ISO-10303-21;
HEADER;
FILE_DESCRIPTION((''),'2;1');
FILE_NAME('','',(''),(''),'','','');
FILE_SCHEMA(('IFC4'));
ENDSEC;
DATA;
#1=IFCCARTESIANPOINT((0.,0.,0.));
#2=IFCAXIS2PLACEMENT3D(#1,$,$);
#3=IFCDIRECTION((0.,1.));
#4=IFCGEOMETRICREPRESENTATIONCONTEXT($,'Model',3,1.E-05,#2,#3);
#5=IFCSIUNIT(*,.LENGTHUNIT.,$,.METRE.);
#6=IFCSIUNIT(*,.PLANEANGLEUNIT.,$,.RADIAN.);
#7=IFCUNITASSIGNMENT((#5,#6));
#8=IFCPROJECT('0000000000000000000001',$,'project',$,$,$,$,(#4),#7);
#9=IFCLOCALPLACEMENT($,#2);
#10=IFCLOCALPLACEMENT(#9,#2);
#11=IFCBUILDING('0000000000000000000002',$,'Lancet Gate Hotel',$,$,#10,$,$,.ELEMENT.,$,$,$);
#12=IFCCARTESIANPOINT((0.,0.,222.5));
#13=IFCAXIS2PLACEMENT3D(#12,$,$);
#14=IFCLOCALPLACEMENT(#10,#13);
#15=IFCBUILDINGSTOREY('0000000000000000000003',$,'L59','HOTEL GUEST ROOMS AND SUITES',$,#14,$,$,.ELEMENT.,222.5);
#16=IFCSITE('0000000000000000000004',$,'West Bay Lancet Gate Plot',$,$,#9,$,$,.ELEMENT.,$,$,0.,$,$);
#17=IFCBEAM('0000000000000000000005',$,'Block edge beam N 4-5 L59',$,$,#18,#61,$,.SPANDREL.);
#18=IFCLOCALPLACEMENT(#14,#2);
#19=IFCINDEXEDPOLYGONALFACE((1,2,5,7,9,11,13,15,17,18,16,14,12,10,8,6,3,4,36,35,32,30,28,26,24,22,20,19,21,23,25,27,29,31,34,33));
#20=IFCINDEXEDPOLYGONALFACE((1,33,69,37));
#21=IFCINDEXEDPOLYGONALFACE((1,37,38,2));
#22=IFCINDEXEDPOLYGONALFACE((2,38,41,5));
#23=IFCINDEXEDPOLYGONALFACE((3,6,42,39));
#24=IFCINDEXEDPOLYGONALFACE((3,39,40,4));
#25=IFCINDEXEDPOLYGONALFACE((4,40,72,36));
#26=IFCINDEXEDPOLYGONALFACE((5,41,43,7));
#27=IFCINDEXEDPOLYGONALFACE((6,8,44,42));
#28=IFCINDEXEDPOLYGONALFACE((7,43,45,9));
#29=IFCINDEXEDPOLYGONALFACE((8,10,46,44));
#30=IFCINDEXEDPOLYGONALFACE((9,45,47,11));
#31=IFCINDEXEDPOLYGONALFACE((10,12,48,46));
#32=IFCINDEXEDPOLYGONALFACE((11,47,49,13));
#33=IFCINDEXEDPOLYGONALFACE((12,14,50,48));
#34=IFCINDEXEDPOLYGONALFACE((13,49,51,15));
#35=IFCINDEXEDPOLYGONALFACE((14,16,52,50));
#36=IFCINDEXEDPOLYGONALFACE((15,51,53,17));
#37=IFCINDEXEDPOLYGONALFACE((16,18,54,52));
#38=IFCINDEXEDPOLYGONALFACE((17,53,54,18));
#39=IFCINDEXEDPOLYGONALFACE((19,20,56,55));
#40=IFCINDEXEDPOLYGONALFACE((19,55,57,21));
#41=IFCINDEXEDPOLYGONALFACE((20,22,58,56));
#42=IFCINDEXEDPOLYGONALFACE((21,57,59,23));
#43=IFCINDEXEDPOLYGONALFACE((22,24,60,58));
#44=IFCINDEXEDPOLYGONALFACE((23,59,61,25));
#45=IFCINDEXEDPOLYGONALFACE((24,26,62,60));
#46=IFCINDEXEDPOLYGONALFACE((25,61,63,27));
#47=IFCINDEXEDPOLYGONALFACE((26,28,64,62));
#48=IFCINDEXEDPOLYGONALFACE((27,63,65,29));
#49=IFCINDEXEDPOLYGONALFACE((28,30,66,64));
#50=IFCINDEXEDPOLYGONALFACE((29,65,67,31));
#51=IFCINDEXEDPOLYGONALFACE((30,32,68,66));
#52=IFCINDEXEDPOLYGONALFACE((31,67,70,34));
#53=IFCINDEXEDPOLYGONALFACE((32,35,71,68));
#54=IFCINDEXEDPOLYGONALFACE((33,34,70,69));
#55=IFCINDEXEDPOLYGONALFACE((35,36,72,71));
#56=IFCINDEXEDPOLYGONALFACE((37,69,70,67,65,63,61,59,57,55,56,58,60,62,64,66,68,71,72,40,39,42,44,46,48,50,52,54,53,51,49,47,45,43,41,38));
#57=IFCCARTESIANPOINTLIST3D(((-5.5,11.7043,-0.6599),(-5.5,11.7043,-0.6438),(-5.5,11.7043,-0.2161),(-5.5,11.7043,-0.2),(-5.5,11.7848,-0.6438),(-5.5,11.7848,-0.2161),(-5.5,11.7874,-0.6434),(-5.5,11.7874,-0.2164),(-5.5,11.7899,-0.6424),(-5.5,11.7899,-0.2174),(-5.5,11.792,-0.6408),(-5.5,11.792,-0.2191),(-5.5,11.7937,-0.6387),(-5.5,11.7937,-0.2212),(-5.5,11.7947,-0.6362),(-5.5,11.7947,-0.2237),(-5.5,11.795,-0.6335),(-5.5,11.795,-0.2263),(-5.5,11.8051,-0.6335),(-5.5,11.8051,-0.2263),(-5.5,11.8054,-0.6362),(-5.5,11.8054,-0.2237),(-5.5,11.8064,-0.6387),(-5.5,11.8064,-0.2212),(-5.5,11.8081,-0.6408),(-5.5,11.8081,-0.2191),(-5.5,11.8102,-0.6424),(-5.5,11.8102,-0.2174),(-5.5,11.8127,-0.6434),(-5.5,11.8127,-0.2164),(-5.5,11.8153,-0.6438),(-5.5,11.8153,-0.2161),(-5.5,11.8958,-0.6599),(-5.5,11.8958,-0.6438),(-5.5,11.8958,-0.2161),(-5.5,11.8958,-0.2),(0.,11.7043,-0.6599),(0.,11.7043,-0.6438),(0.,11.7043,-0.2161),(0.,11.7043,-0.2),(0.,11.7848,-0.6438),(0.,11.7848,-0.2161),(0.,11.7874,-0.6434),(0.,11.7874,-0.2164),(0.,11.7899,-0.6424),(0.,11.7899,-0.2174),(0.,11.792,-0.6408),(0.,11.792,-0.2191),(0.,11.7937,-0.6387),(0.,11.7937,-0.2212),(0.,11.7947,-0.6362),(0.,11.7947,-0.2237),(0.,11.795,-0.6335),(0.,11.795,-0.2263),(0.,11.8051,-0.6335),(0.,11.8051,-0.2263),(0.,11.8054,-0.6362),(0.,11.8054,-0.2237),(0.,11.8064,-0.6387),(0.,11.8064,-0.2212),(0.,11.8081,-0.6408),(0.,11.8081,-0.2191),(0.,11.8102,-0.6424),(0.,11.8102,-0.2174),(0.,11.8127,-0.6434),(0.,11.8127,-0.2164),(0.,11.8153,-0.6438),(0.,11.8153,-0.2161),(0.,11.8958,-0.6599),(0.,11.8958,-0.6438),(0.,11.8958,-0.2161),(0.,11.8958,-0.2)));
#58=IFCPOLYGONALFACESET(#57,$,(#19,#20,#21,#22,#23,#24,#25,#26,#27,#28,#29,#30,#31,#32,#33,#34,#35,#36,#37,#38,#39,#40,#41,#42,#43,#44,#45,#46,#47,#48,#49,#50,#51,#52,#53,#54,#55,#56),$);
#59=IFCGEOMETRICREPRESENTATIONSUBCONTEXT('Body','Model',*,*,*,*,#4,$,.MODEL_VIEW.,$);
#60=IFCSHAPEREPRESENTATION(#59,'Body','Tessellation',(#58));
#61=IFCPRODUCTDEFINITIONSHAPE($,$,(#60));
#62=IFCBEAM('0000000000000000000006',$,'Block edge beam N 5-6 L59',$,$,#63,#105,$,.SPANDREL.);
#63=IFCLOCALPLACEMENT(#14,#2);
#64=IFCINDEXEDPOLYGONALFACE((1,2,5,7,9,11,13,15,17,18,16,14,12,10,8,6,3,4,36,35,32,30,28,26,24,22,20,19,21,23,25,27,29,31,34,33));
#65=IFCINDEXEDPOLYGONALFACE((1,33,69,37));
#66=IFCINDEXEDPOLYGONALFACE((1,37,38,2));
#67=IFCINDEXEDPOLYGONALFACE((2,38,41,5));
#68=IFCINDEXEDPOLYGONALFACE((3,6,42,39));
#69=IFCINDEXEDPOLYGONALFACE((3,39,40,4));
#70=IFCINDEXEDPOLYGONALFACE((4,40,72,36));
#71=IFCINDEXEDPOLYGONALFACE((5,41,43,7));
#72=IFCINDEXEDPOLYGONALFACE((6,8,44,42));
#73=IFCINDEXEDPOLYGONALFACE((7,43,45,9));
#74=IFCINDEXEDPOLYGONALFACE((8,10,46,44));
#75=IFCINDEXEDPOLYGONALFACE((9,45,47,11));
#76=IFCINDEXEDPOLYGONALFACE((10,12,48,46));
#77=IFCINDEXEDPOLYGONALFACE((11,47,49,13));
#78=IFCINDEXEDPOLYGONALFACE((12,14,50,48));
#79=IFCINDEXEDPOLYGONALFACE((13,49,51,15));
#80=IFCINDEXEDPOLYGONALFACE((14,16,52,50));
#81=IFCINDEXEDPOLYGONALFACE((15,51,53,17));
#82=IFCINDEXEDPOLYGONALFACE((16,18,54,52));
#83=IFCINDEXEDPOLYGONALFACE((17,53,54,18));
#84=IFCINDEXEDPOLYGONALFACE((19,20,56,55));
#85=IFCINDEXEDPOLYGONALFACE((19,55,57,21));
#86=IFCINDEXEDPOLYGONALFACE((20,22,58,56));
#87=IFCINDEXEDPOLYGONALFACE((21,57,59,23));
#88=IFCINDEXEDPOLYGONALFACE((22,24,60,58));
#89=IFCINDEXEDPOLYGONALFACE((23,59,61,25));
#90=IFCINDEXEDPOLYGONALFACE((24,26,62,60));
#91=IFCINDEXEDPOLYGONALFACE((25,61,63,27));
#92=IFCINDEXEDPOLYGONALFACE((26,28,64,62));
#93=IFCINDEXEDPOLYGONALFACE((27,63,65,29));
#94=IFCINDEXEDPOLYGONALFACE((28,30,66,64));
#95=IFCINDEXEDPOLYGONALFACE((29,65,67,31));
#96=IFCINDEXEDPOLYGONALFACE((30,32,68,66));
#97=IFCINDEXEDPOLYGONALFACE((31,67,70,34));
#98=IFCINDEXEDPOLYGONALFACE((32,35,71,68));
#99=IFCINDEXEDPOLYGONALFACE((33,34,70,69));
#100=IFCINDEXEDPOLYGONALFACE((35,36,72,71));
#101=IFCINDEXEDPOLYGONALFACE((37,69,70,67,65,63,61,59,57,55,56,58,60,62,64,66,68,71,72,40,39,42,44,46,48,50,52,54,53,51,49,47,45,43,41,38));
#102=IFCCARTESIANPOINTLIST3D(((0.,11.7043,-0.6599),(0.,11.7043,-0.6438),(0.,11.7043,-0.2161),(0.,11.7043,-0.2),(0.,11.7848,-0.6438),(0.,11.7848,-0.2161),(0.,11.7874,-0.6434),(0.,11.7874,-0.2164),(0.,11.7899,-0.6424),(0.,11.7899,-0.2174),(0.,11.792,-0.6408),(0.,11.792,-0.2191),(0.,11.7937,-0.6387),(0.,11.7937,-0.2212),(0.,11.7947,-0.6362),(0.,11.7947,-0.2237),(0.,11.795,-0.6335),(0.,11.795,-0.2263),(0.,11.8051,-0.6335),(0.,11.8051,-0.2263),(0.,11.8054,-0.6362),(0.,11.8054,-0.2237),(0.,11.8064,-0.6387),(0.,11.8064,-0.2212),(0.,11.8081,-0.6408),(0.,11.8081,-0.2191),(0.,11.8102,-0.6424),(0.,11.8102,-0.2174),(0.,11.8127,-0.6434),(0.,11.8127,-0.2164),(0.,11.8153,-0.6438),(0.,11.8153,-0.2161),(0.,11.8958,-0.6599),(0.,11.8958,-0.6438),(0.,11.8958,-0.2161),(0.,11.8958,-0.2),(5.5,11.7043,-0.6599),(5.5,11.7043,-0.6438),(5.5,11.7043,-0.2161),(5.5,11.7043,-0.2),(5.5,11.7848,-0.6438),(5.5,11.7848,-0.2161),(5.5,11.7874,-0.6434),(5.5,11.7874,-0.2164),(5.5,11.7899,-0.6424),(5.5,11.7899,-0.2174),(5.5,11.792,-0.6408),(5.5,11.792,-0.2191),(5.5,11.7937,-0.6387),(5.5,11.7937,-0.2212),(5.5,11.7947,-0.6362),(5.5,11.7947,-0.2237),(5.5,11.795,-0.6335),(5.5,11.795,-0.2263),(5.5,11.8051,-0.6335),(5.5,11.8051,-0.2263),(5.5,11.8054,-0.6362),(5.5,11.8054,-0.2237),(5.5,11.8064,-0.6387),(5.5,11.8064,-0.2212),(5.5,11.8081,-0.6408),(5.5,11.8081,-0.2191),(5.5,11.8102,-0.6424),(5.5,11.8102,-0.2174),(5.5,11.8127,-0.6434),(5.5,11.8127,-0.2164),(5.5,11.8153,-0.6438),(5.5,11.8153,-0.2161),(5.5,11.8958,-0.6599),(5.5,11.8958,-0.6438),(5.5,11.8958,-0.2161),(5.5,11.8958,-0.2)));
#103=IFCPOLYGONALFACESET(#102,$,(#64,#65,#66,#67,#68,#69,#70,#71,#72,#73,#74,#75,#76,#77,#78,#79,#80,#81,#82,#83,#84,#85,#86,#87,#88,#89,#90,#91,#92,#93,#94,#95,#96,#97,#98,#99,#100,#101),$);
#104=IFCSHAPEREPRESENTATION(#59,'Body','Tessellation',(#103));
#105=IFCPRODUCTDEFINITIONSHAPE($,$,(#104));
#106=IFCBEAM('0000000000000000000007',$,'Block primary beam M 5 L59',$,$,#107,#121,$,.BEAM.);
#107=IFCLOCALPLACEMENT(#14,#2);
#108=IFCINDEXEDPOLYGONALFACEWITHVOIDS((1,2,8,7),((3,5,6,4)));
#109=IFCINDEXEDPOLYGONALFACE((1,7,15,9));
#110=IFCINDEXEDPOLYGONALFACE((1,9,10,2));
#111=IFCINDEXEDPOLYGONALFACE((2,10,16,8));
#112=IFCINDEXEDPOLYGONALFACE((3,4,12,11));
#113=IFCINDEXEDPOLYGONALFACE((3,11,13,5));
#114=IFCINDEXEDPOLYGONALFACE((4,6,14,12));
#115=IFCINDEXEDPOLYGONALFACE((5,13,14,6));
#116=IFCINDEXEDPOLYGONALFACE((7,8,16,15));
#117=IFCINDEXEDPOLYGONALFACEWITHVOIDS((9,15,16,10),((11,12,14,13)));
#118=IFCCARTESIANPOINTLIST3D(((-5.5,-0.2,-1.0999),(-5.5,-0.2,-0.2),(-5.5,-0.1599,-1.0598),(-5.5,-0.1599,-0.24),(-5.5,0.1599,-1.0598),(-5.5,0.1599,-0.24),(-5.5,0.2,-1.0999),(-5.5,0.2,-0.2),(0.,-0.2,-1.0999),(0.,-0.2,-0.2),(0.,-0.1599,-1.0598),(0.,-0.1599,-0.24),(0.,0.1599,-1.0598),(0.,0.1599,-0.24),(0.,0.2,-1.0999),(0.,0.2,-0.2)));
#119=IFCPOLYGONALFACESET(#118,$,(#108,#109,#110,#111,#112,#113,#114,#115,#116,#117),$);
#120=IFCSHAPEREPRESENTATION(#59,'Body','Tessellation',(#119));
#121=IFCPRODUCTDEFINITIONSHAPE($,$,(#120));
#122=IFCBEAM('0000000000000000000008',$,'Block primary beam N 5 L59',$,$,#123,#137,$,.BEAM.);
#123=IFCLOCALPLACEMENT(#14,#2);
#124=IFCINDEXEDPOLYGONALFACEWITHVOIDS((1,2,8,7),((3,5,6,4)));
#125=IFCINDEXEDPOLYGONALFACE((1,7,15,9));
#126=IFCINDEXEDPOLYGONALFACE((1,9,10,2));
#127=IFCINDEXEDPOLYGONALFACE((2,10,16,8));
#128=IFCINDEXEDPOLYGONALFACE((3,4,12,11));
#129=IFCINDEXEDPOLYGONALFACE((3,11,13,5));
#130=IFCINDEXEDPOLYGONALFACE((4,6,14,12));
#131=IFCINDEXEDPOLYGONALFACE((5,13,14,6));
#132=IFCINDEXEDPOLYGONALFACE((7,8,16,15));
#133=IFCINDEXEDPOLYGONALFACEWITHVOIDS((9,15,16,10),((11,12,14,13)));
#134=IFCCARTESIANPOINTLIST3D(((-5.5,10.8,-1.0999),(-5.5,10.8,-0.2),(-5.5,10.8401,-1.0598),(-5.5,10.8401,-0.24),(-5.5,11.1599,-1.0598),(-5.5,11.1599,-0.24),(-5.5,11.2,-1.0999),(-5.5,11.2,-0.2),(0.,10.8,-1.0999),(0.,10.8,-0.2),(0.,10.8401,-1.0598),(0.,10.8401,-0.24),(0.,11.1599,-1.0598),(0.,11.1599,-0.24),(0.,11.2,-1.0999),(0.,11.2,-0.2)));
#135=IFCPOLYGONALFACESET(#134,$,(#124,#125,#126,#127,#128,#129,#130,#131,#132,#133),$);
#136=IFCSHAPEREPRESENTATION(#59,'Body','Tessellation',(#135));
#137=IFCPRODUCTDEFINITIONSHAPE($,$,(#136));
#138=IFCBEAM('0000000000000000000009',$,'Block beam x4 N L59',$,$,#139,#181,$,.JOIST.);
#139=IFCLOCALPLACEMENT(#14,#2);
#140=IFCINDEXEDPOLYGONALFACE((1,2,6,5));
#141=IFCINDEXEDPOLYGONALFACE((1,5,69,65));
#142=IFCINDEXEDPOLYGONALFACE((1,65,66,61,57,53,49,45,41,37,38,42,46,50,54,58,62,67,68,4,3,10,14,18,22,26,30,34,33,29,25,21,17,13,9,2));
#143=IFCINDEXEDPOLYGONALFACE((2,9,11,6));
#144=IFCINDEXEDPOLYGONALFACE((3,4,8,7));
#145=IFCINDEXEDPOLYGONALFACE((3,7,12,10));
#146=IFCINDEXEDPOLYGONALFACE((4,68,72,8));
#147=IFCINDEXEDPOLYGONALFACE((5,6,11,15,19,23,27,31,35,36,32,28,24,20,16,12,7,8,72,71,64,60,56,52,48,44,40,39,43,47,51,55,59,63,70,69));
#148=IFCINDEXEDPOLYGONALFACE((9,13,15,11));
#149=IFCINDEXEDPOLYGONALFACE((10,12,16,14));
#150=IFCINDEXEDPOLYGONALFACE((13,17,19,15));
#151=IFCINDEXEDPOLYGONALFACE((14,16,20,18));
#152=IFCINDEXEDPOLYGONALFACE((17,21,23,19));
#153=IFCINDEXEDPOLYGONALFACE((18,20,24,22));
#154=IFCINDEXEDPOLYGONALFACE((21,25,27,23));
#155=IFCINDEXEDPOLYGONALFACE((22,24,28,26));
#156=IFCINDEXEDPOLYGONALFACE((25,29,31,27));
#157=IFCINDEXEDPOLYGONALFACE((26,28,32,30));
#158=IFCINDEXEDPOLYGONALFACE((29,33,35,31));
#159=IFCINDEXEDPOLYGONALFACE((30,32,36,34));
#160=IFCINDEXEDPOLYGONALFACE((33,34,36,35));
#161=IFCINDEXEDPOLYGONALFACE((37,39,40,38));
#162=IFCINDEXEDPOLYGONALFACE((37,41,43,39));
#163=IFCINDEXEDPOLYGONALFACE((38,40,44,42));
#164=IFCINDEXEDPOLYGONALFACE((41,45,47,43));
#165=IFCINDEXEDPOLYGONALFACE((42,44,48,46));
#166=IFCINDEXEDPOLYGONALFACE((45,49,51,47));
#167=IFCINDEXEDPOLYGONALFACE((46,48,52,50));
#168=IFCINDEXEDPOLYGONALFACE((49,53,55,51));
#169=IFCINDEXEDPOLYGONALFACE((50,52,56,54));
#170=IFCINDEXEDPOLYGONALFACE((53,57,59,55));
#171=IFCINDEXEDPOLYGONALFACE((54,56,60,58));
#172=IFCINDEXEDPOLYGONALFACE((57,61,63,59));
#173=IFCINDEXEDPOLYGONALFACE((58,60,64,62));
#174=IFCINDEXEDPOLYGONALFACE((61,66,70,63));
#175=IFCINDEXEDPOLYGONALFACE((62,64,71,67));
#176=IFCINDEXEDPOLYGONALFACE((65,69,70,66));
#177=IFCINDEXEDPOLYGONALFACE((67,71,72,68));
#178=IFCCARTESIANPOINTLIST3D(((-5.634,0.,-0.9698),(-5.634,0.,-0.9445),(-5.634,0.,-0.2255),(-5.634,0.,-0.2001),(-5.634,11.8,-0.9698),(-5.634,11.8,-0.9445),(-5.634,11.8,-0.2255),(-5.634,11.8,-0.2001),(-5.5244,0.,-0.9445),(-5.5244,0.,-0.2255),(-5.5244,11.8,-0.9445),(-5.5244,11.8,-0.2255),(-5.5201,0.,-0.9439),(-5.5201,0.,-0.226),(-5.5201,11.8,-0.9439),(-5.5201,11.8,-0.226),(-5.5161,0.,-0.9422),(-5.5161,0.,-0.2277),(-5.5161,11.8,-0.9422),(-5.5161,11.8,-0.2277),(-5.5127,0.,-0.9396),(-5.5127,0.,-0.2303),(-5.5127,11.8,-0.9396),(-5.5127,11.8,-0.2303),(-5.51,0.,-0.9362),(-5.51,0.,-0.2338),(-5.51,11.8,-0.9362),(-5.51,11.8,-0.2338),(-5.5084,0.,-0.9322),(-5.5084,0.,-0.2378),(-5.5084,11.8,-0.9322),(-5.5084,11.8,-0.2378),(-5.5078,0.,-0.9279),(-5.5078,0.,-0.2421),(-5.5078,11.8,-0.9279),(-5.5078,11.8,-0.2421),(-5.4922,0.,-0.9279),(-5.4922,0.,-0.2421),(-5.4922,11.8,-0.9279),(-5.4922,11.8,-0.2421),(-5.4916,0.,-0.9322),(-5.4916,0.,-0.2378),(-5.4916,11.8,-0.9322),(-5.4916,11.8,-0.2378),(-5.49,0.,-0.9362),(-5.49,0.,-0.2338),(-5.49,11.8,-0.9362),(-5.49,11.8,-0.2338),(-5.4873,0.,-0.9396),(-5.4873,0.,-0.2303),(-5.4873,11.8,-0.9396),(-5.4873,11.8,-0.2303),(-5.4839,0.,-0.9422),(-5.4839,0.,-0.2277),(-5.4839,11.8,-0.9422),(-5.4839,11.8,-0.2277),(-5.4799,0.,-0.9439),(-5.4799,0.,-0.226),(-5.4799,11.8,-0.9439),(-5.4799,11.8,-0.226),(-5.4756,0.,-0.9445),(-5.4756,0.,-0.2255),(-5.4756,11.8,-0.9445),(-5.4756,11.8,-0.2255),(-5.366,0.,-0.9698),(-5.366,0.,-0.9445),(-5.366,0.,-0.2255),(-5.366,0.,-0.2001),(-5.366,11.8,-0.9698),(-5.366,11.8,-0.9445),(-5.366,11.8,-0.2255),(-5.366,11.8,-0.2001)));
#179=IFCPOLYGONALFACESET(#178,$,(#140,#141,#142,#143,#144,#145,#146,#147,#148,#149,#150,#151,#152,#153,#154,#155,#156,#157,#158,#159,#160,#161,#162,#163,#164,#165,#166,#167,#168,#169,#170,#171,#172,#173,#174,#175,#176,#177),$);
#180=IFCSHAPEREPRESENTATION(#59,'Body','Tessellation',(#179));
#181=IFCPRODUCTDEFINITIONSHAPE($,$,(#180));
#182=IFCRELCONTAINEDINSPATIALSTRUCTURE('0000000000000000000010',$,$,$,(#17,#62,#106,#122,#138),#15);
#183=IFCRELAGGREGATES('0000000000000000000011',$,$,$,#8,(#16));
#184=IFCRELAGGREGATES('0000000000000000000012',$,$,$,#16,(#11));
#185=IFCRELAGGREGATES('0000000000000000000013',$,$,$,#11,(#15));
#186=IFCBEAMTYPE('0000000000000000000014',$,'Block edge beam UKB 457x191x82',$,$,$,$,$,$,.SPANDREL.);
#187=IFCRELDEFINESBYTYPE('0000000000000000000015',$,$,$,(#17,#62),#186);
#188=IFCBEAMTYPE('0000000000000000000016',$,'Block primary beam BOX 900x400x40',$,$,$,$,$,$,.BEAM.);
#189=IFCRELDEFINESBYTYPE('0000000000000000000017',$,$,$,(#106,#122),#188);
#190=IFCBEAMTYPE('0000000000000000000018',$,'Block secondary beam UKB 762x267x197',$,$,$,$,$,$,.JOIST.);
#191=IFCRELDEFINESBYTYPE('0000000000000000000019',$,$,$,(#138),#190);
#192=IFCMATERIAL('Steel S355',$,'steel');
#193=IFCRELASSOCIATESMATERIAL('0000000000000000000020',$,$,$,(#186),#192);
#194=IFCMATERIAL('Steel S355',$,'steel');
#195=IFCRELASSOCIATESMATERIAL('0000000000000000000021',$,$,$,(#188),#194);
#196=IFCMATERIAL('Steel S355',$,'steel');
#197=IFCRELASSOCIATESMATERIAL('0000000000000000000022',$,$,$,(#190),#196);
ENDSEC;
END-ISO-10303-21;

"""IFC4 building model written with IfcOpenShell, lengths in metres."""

from ifc_helpers import new_model, si_unit, direction, frame, origin, origin_2d, place, context, subcontext, project, spatial, hollow_rectangle, i_section, extrude, material, material_profile, profile_set, type_object, element, save


model = new_model("IFC4")

# Units and contexts
model_context = context("Model", 3, precision=1e-05, world=origin(), true_north=direction((0.0, 1.0)))
body_context = subcontext(model_context, "Body", "Model", "MODEL_VIEW")
ifc_project = project(units=[si_unit("LENGTHUNIT", "METRE"), si_unit("PLANEANGLEUNIT", "RADIAN")], contexts=[model_context])

# Site, building, storey
site_placement = place(None, origin())
site = spatial("IfcSite", under=ifc_project, at=site_placement, Name="West Bay Lancet Gate Plot", CompositionType="ELEMENT", RefElevation=0.0)
building_placement = place(site_placement, origin())
building = spatial("IfcBuilding", under=site, at=building_placement, Name="Lancet Gate Hotel", CompositionType="ELEMENT")
storey_placement = place(building_placement, frame((0.0, 0.0, 222.5)))
storey = spatial("IfcBuildingStorey", under=building, at=storey_placement, Name="L59", Description="HOTEL GUEST ROOMS AND SUITES", CompositionType="ELEMENT", Elevation=222.5)

# Beams
ifc_material_1 = material(Name="Steel S355", Category="steel")
ifc_material_profile_1 = material_profile(ifc_material_1, i_section(OverallWidth=0.1914, OverallDepth=0.46, WebThickness=0.01, FlangeThickness=0.0161, FilletRadius=0.0103, at=origin_2d()), Name="UKB 457x191x82")
ifc_profile_set_1 = profile_set([ifc_material_profile_1], Name="Steel S355")
beam_type_1 = type_object("IfcBeamType", Name="Block edge beam UKB 457x191x82", PredefinedType="SPANDREL", material=ifc_profile_set_1)
for number, where, z_axis, x_axis, name in (
    (1, (-5.5, 11.8, -0.4299), (1.0, 0.0, 0.0), (0.0, 1.0, 0.0), "Block edge beam N 4-5 L59"),
    (2, (0.0, 11.8, -0.4299), (1.0, 0.0, 0.0), (0.0, 1.0, 0.0), "Block edge beam N 5-6 L59"),
):
    element("IfcBeam", number, at=place(storey_placement, frame(where, z_axis=z_axis, x_axis=x_axis)), inside=storey, type_object=beam_type_1, Name=name, PredefinedType="SPANDREL", context=body_context, shape_type="SweptSolid", body=[
        extrude(i_section(OverallWidth=0.1914, OverallDepth=0.46, WebThickness=0.01, FlangeThickness=0.0161, FilletRadius=0.0103, at=origin_2d()), origin(), (0.0, 0.0, 1.0), 5.5),
    ])
ifc_material_2 = material(Name="Steel S355", Category="steel")
ifc_material_profile_2 = material_profile(ifc_material_2, hollow_rectangle(XDim=0.3999, YDim=0.8999, WallThickness=0.04, at=origin_2d()), Name="BOX 900x400x40")
ifc_profile_set_2 = profile_set([ifc_material_profile_2], Name="Steel S355")
beam_type_2 = type_object("IfcBeamType", Name="Block primary beam BOX 900x400x40", PredefinedType="BEAM", material=ifc_profile_set_2)
for number, where, z_axis, x_axis, name in (
    (3, (-5.5, 0.0, -0.6499), (1.0, 0.0, 0.0), (0.0, 1.0, 0.0), "Block primary beam M 5 L59"),
    (4, (-5.5, 11.0, -0.6499), (1.0, 0.0, 0.0), (0.0, 1.0, 0.0), "Block primary beam N 5 L59"),
):
    element("IfcBeam", number, at=place(storey_placement, frame(where, z_axis=z_axis, x_axis=x_axis)), inside=storey, type_object=beam_type_2, Name=name, PredefinedType="BEAM", context=body_context, shape_type="SweptSolid", body=[
        extrude(hollow_rectangle(XDim=0.3999, YDim=0.8999, WallThickness=0.04, at=origin_2d()), origin(), (0.0, 0.0, 1.0), 5.5),
    ])
ifc_material_3 = material(Name="Steel S355", Category="steel")
ifc_material_profile_3 = material_profile(ifc_material_3, i_section(OverallWidth=0.2681, OverallDepth=0.7698, WebThickness=0.0156, FlangeThickness=0.0254, FilletRadius=0.0166, at=origin_2d()), Name="UKB 762x267x197")
ifc_profile_set_3 = profile_set([ifc_material_profile_3], Name="Steel S355")
beam_type_3 = type_object("IfcBeamType", Name="Block secondary beam UKB 762x267x197", PredefinedType="JOIST", material=ifc_profile_set_3)
for number, where, z_axis, x_axis, name in (
    (5, (-5.5, 0.0, -0.585), (0.0, 1.0, 0.0), (-1.0, 0.0, 0.0), "Block beam x4 N L59"),
):
    element("IfcBeam", number, at=place(storey_placement, frame(where, z_axis=z_axis, x_axis=x_axis)), inside=storey, type_object=beam_type_3, Name=name, PredefinedType="JOIST", context=body_context, shape_type="SweptSolid", body=[
        extrude(i_section(OverallWidth=0.2681, OverallDepth=0.7698, WebThickness=0.0156, FlangeThickness=0.0254, FilletRadius=0.0166, at=origin_2d()), origin(), (0.0, 0.0, 1.0), 11.8),
    ])

save(model, "model.ifc")
